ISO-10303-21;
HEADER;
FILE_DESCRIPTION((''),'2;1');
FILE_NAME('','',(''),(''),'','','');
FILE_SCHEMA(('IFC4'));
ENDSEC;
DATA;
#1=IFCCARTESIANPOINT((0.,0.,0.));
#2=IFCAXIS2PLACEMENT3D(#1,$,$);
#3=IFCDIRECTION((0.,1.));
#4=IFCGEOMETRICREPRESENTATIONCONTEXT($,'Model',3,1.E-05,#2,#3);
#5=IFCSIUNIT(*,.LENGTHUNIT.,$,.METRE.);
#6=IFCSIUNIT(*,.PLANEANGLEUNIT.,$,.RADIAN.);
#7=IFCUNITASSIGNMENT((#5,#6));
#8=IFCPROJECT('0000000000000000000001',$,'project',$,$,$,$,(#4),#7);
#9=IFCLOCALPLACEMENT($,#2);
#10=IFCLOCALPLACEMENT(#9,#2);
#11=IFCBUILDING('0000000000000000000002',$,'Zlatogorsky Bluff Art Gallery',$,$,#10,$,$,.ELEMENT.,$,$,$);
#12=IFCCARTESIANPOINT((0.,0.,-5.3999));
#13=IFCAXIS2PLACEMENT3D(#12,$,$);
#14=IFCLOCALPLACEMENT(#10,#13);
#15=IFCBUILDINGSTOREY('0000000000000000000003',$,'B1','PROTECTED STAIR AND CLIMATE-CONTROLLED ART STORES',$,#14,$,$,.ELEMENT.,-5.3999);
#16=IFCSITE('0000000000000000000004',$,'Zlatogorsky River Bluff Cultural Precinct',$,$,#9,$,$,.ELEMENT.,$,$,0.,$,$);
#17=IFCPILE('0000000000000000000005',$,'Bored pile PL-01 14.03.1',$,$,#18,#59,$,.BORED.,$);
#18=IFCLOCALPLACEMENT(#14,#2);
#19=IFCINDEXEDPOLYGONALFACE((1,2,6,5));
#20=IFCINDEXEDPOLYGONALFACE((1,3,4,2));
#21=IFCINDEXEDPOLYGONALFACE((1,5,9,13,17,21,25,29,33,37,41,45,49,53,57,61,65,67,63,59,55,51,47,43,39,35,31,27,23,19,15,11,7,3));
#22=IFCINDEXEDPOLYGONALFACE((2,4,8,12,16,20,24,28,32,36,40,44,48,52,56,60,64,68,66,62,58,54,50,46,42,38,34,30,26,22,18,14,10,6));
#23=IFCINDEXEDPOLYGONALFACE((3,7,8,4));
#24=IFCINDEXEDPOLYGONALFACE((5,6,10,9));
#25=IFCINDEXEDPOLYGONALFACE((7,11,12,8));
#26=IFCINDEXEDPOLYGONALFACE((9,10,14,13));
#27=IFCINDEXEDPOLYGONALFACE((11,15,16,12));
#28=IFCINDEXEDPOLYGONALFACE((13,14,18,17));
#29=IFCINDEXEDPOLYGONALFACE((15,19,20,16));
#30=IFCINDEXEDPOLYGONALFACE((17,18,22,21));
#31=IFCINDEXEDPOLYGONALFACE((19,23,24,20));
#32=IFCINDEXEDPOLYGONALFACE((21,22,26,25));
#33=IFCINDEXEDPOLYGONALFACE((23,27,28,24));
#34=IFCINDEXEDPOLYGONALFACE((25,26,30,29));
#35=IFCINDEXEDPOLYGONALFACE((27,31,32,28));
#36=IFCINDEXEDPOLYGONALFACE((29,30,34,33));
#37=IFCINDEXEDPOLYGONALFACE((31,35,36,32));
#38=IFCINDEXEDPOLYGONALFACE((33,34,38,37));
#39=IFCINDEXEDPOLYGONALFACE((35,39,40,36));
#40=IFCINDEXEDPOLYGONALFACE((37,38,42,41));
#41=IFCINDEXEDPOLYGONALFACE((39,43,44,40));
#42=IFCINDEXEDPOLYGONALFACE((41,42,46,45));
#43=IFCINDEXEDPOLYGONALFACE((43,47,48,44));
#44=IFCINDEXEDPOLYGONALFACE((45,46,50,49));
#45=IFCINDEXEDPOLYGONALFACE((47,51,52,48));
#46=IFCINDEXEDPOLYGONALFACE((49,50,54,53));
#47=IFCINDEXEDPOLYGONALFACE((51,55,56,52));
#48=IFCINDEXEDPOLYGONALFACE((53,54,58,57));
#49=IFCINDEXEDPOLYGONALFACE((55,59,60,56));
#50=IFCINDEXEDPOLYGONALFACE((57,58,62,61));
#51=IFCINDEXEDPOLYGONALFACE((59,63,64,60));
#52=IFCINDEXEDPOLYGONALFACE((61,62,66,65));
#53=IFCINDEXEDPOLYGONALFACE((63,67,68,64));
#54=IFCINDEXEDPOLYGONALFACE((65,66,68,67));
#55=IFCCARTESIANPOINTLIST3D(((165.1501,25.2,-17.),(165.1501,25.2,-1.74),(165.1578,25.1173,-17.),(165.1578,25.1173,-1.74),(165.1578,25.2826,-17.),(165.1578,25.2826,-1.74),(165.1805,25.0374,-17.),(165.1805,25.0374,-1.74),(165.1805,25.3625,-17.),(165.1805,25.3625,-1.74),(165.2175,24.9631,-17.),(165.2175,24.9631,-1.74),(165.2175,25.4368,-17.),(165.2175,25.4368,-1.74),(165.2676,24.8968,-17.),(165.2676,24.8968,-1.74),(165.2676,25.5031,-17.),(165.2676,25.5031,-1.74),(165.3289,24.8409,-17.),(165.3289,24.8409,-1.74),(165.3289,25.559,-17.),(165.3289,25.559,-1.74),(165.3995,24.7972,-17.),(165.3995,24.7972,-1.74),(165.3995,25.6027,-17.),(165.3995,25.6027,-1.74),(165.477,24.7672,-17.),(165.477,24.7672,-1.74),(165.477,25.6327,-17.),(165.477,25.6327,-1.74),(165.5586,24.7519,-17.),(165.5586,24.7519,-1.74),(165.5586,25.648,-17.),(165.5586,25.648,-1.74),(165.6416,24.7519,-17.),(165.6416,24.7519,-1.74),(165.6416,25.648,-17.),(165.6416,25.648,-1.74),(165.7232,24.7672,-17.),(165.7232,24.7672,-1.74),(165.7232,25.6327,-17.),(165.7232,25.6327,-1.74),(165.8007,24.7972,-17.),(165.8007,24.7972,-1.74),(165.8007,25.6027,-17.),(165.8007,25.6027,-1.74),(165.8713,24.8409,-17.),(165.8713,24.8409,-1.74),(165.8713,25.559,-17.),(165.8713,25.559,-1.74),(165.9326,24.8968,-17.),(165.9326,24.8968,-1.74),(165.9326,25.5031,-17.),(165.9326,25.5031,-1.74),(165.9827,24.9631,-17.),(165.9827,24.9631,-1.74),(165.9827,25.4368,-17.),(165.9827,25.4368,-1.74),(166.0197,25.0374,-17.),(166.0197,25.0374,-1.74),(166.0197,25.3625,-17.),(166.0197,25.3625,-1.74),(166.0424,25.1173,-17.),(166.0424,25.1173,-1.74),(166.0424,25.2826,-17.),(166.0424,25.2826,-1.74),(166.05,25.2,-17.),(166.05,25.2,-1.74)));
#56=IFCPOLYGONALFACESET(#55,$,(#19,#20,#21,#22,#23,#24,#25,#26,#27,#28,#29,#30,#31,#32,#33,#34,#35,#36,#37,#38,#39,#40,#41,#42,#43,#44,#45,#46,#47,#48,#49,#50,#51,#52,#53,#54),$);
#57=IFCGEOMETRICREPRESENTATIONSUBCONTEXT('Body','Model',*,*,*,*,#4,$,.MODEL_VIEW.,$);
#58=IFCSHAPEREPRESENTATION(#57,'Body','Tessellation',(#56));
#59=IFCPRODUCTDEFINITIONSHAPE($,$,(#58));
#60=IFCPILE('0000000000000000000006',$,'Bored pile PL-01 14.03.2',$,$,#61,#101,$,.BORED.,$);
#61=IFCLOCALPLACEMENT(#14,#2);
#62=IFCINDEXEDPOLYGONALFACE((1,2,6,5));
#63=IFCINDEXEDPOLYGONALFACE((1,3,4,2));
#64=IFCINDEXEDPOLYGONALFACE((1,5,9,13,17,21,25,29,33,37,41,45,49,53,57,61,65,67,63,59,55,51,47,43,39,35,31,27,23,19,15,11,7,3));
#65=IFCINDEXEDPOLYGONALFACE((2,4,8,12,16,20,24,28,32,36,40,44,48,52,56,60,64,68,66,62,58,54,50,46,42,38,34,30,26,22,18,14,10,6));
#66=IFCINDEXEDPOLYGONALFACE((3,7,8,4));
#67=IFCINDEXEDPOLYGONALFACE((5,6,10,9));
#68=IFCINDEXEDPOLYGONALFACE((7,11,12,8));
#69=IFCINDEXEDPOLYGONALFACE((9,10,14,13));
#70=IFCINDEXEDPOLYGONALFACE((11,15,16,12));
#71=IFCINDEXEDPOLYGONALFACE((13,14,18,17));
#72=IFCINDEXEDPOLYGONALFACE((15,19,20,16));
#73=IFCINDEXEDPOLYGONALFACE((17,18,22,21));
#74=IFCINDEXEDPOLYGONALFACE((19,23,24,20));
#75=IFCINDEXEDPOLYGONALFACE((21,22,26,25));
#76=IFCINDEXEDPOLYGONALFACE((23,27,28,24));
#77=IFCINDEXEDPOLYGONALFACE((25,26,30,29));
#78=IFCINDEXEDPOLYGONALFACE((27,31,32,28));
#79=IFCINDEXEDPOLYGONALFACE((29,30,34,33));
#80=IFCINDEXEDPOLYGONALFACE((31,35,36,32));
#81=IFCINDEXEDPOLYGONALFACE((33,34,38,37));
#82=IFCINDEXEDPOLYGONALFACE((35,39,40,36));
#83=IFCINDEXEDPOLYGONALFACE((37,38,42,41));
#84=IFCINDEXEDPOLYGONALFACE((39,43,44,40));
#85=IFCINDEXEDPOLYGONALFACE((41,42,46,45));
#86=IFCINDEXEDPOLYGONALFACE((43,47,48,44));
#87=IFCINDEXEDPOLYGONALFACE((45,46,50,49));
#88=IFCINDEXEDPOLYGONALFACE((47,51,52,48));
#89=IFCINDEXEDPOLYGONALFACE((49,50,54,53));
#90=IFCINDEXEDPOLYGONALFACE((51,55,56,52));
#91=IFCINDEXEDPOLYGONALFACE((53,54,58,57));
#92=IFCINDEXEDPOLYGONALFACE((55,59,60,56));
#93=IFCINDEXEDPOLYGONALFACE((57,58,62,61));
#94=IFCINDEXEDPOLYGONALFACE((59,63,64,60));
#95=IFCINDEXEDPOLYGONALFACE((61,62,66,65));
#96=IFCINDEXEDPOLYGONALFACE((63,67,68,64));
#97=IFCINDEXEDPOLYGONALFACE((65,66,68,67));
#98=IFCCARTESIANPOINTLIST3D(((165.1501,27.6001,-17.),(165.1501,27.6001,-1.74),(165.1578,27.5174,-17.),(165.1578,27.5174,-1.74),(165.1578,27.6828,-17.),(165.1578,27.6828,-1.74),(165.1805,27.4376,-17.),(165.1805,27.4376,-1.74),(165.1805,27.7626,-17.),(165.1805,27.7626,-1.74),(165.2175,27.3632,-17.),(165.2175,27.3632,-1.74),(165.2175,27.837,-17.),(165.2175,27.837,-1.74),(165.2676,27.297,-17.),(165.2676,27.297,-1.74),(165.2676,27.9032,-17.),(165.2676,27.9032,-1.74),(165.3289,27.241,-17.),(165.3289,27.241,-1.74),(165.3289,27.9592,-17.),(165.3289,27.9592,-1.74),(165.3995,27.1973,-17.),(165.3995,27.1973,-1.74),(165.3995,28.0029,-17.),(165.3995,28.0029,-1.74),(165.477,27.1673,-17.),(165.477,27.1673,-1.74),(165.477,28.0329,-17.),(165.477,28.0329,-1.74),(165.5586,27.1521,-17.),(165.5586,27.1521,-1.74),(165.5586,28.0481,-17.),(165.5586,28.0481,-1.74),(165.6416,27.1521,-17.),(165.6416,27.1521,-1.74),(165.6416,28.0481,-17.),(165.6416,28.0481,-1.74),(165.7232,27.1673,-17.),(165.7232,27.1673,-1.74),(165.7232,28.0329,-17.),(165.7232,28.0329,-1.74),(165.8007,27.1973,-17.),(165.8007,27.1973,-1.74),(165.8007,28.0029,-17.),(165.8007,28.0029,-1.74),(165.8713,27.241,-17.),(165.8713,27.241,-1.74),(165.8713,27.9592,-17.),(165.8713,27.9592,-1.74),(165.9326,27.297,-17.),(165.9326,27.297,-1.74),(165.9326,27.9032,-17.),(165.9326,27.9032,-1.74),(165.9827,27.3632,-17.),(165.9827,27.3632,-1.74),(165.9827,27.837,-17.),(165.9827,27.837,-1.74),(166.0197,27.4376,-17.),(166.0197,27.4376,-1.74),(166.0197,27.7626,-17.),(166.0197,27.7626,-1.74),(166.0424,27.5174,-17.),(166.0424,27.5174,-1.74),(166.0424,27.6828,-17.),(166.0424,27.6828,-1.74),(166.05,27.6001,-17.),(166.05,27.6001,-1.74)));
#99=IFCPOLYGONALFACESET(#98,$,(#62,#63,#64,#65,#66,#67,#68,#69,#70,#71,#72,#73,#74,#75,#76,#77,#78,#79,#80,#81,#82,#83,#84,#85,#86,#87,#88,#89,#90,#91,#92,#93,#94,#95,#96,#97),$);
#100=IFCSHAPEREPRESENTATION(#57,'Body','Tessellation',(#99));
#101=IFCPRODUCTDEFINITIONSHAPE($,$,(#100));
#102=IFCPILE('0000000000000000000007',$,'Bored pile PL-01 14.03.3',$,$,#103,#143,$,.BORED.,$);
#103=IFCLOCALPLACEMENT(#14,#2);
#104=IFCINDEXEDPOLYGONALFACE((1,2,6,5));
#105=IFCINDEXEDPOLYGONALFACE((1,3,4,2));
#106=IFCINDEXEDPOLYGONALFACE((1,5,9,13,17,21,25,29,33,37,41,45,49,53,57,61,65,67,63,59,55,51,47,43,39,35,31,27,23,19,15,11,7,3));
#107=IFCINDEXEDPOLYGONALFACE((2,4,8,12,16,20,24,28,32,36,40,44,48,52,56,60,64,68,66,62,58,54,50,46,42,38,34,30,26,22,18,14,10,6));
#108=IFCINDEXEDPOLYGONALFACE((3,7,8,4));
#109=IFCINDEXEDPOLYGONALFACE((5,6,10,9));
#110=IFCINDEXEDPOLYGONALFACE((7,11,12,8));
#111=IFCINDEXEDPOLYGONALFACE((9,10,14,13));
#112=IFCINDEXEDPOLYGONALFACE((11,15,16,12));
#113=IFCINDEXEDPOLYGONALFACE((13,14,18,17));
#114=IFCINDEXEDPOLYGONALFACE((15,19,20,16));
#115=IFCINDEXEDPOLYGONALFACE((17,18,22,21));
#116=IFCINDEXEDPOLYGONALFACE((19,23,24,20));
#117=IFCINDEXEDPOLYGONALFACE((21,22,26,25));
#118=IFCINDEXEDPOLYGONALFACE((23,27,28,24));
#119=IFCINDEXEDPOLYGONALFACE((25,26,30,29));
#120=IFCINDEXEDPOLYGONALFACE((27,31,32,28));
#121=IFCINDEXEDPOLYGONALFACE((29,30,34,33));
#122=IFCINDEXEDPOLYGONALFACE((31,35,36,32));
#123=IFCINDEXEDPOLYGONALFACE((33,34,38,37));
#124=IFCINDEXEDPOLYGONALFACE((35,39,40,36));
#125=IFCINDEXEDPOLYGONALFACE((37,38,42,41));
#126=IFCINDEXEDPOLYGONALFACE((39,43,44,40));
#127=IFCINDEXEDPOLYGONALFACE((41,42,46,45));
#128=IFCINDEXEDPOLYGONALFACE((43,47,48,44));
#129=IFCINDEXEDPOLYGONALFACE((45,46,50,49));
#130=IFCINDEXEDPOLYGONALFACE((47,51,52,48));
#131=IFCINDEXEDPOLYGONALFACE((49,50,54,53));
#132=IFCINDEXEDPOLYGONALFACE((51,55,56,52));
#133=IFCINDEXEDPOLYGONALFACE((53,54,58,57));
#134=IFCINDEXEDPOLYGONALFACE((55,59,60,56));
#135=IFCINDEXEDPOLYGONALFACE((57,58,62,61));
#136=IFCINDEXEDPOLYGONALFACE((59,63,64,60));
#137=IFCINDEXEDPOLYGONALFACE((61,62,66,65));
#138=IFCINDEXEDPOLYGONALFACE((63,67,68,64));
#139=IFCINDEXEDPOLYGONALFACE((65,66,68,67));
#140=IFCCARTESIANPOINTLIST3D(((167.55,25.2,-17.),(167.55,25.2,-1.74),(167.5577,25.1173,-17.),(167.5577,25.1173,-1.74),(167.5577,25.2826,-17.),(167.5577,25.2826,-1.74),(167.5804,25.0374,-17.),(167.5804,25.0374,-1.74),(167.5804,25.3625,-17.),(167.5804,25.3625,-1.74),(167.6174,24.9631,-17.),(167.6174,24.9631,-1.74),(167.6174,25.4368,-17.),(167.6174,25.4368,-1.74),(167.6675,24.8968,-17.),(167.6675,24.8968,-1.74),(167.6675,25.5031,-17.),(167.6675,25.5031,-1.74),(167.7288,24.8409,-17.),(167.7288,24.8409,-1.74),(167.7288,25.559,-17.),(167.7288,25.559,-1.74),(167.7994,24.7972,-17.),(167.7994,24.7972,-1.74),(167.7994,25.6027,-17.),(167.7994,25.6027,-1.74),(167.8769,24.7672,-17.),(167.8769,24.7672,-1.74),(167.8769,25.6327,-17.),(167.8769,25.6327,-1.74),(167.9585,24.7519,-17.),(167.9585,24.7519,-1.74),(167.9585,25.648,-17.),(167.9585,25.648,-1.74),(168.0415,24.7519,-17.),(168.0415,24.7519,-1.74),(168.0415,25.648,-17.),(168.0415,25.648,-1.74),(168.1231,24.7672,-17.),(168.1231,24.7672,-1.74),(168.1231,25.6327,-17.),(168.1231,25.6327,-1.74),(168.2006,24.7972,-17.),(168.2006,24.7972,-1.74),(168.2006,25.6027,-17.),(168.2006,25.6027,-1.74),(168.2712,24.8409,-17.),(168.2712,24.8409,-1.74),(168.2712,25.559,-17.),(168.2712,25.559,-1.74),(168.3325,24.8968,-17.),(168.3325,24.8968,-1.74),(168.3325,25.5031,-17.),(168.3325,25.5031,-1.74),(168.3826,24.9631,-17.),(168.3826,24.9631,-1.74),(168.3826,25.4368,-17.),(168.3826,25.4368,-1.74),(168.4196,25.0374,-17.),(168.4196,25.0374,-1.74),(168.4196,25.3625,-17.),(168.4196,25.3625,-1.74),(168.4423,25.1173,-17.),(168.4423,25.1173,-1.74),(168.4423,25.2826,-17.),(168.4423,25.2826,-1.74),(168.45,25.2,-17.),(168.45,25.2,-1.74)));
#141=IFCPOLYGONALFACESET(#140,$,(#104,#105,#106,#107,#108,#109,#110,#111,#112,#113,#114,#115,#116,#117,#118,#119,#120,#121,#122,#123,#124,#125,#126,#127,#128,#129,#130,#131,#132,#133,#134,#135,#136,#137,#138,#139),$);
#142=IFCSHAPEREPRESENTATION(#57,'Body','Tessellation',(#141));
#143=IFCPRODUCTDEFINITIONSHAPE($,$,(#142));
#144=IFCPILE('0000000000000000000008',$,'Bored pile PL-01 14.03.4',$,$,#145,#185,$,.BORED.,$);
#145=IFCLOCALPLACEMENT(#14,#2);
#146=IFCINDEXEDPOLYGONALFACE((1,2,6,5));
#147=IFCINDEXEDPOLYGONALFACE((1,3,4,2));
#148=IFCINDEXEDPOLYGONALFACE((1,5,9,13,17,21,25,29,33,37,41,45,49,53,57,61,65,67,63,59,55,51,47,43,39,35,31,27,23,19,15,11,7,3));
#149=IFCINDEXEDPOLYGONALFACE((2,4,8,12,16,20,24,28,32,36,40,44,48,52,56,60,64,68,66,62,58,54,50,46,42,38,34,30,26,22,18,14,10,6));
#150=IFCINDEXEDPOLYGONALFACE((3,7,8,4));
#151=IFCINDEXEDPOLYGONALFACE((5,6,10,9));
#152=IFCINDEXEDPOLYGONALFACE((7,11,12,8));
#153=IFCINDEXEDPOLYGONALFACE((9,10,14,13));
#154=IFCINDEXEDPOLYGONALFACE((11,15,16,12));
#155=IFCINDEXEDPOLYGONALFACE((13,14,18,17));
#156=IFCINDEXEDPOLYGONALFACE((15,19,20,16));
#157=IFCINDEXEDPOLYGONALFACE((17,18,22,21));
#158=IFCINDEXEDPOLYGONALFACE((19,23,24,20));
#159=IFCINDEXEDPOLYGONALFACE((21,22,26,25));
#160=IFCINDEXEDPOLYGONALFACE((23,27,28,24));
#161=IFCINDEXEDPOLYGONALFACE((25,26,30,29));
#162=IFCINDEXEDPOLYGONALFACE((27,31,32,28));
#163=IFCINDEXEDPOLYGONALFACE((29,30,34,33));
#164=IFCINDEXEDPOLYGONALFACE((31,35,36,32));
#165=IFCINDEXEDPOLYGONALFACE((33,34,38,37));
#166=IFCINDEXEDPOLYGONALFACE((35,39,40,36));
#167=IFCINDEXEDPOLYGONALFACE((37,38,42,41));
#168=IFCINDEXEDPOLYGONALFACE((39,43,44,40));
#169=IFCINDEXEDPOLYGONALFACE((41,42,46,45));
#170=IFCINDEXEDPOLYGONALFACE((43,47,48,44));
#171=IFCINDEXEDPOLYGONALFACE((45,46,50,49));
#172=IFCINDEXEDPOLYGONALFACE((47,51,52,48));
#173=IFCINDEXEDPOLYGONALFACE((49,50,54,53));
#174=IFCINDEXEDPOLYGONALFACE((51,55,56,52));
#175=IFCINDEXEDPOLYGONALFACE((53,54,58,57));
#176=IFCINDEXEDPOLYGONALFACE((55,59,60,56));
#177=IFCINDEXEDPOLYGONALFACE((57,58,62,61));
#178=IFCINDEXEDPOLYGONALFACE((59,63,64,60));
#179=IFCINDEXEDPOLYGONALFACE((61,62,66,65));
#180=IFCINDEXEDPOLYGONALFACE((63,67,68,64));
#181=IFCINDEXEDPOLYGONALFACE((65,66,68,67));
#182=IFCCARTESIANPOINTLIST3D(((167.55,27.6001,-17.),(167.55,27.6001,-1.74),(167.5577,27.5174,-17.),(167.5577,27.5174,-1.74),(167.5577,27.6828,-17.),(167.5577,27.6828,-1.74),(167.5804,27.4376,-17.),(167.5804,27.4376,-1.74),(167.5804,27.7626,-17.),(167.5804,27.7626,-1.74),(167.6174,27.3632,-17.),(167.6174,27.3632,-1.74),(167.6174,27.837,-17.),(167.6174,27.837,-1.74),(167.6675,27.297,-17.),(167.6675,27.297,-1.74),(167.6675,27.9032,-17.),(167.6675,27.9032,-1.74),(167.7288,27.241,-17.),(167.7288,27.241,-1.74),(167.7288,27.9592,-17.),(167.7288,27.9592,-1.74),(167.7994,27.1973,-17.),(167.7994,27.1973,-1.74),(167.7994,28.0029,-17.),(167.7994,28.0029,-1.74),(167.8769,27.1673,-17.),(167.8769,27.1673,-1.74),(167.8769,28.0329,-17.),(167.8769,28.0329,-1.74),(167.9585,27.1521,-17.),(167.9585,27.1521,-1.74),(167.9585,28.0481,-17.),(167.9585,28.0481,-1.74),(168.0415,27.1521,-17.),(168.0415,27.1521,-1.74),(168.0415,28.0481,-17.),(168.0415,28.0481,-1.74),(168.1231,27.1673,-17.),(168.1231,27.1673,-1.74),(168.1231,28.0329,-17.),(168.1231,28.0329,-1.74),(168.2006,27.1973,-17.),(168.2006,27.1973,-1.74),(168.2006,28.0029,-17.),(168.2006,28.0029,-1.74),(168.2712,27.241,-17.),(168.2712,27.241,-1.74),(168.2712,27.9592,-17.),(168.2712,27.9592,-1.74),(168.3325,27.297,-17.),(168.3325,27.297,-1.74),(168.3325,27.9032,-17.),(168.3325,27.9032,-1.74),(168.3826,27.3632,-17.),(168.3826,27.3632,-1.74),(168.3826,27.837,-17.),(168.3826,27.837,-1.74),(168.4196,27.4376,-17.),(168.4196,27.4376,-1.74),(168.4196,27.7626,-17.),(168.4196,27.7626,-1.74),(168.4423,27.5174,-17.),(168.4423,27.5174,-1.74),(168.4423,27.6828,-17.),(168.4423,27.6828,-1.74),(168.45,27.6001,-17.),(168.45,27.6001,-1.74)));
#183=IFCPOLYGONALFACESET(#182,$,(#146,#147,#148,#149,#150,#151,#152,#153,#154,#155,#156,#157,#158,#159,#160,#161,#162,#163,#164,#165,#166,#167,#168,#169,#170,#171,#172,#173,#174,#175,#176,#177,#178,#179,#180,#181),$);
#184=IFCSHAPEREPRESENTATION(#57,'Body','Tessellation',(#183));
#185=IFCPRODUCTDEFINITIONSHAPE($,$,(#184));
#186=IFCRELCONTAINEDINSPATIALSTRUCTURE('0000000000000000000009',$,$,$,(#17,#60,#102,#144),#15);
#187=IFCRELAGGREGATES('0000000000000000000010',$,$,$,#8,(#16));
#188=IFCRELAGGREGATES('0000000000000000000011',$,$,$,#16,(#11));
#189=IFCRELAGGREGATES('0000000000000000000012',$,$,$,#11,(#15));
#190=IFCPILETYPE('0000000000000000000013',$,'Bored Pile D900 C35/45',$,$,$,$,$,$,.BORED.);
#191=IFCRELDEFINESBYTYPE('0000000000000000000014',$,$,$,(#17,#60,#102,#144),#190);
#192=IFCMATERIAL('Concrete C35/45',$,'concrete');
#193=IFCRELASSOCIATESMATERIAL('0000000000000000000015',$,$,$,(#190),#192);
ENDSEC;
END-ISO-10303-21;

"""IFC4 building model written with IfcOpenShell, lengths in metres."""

from ifc_helpers import new_model, si_unit, direction, frame, origin, origin_2d, place, context, subcontext, project, spatial, circle, extrude, material, material_profile, profile_set, type_object, element, save


model = new_model("IFC4")

# Units and contexts
model_context = context("Model", 3, precision=1e-05, world=origin(), true_north=direction((0.0, 1.0)))
body_context = subcontext(model_context, "Body", "Model", "MODEL_VIEW")
ifc_project = project(units=[si_unit("LENGTHUNIT", "METRE"), si_unit("PLANEANGLEUNIT", "RADIAN")], contexts=[model_context])

# Site, building, storey
site_placement = place(None, origin())
site = spatial("IfcSite", under=ifc_project, at=site_placement, Name="Zlatogorsky River Bluff Cultural Precinct", CompositionType="ELEMENT", RefElevation=0.0)
building_placement = place(site_placement, origin())
building = spatial("IfcBuilding", under=site, at=building_placement, Name="Zlatogorsky Bluff Art Gallery", CompositionType="ELEMENT")
storey_placement = place(building_placement, frame((0.0, 0.0, -5.3999)))
storey = spatial("IfcBuildingStorey", under=building, at=storey_placement, Name="B1", Description="PROTECTED STAIR AND CLIMATE-CONTROLLED ART STORES", CompositionType="ELEMENT", Elevation=-5.3999)

# Piles
ifc_material_1 = material(Name="Concrete C35/45", Category="concrete")
ifc_material_profile_1 = material_profile(ifc_material_1, circle(Radius=0.45, at=origin_2d()), Name="BORED PILE D900")
ifc_profile_set_1 = profile_set([ifc_material_profile_1], Name="Concrete C35/45")
pile_type = type_object("IfcPileType", Name="Bored Pile D900 C35/45", PredefinedType="BORED", material=ifc_profile_set_1)
for number, where, z_axis, x_axis, name in (
    (1, (165.6001, 25.2, -1.74), (0.0, 0.0, -1.0), (1.0, 0.0, 0.0), "Bored pile PL-01 14.03.1"),
    (2, (165.6001, 27.6001, -1.74), (0.0, 0.0, -1.0), (1.0, 0.0, 0.0), "Bored pile PL-01 14.03.2"),
    (3, (168.0, 25.2, -1.74), (0.0, 0.0, -1.0), (1.0, 0.0, 0.0), "Bored pile PL-01 14.03.3"),
    (4, (168.0, 27.6001, -1.74), (0.0, 0.0, -1.0), (1.0, 0.0, 0.0), "Bored pile PL-01 14.03.4"),
):
    element("IfcPile", number, at=place(storey_placement, frame(where, z_axis=z_axis, x_axis=x_axis)), inside=storey, type_object=pile_type, Name=name, PredefinedType="BORED", context=body_context, shape_type="SweptSolid", body=[
        extrude(circle(Radius=0.45, at=origin_2d()), origin(), (0.0, 0.0, 1.0), 15.26),
    ])

save(model, "model.ifc")
